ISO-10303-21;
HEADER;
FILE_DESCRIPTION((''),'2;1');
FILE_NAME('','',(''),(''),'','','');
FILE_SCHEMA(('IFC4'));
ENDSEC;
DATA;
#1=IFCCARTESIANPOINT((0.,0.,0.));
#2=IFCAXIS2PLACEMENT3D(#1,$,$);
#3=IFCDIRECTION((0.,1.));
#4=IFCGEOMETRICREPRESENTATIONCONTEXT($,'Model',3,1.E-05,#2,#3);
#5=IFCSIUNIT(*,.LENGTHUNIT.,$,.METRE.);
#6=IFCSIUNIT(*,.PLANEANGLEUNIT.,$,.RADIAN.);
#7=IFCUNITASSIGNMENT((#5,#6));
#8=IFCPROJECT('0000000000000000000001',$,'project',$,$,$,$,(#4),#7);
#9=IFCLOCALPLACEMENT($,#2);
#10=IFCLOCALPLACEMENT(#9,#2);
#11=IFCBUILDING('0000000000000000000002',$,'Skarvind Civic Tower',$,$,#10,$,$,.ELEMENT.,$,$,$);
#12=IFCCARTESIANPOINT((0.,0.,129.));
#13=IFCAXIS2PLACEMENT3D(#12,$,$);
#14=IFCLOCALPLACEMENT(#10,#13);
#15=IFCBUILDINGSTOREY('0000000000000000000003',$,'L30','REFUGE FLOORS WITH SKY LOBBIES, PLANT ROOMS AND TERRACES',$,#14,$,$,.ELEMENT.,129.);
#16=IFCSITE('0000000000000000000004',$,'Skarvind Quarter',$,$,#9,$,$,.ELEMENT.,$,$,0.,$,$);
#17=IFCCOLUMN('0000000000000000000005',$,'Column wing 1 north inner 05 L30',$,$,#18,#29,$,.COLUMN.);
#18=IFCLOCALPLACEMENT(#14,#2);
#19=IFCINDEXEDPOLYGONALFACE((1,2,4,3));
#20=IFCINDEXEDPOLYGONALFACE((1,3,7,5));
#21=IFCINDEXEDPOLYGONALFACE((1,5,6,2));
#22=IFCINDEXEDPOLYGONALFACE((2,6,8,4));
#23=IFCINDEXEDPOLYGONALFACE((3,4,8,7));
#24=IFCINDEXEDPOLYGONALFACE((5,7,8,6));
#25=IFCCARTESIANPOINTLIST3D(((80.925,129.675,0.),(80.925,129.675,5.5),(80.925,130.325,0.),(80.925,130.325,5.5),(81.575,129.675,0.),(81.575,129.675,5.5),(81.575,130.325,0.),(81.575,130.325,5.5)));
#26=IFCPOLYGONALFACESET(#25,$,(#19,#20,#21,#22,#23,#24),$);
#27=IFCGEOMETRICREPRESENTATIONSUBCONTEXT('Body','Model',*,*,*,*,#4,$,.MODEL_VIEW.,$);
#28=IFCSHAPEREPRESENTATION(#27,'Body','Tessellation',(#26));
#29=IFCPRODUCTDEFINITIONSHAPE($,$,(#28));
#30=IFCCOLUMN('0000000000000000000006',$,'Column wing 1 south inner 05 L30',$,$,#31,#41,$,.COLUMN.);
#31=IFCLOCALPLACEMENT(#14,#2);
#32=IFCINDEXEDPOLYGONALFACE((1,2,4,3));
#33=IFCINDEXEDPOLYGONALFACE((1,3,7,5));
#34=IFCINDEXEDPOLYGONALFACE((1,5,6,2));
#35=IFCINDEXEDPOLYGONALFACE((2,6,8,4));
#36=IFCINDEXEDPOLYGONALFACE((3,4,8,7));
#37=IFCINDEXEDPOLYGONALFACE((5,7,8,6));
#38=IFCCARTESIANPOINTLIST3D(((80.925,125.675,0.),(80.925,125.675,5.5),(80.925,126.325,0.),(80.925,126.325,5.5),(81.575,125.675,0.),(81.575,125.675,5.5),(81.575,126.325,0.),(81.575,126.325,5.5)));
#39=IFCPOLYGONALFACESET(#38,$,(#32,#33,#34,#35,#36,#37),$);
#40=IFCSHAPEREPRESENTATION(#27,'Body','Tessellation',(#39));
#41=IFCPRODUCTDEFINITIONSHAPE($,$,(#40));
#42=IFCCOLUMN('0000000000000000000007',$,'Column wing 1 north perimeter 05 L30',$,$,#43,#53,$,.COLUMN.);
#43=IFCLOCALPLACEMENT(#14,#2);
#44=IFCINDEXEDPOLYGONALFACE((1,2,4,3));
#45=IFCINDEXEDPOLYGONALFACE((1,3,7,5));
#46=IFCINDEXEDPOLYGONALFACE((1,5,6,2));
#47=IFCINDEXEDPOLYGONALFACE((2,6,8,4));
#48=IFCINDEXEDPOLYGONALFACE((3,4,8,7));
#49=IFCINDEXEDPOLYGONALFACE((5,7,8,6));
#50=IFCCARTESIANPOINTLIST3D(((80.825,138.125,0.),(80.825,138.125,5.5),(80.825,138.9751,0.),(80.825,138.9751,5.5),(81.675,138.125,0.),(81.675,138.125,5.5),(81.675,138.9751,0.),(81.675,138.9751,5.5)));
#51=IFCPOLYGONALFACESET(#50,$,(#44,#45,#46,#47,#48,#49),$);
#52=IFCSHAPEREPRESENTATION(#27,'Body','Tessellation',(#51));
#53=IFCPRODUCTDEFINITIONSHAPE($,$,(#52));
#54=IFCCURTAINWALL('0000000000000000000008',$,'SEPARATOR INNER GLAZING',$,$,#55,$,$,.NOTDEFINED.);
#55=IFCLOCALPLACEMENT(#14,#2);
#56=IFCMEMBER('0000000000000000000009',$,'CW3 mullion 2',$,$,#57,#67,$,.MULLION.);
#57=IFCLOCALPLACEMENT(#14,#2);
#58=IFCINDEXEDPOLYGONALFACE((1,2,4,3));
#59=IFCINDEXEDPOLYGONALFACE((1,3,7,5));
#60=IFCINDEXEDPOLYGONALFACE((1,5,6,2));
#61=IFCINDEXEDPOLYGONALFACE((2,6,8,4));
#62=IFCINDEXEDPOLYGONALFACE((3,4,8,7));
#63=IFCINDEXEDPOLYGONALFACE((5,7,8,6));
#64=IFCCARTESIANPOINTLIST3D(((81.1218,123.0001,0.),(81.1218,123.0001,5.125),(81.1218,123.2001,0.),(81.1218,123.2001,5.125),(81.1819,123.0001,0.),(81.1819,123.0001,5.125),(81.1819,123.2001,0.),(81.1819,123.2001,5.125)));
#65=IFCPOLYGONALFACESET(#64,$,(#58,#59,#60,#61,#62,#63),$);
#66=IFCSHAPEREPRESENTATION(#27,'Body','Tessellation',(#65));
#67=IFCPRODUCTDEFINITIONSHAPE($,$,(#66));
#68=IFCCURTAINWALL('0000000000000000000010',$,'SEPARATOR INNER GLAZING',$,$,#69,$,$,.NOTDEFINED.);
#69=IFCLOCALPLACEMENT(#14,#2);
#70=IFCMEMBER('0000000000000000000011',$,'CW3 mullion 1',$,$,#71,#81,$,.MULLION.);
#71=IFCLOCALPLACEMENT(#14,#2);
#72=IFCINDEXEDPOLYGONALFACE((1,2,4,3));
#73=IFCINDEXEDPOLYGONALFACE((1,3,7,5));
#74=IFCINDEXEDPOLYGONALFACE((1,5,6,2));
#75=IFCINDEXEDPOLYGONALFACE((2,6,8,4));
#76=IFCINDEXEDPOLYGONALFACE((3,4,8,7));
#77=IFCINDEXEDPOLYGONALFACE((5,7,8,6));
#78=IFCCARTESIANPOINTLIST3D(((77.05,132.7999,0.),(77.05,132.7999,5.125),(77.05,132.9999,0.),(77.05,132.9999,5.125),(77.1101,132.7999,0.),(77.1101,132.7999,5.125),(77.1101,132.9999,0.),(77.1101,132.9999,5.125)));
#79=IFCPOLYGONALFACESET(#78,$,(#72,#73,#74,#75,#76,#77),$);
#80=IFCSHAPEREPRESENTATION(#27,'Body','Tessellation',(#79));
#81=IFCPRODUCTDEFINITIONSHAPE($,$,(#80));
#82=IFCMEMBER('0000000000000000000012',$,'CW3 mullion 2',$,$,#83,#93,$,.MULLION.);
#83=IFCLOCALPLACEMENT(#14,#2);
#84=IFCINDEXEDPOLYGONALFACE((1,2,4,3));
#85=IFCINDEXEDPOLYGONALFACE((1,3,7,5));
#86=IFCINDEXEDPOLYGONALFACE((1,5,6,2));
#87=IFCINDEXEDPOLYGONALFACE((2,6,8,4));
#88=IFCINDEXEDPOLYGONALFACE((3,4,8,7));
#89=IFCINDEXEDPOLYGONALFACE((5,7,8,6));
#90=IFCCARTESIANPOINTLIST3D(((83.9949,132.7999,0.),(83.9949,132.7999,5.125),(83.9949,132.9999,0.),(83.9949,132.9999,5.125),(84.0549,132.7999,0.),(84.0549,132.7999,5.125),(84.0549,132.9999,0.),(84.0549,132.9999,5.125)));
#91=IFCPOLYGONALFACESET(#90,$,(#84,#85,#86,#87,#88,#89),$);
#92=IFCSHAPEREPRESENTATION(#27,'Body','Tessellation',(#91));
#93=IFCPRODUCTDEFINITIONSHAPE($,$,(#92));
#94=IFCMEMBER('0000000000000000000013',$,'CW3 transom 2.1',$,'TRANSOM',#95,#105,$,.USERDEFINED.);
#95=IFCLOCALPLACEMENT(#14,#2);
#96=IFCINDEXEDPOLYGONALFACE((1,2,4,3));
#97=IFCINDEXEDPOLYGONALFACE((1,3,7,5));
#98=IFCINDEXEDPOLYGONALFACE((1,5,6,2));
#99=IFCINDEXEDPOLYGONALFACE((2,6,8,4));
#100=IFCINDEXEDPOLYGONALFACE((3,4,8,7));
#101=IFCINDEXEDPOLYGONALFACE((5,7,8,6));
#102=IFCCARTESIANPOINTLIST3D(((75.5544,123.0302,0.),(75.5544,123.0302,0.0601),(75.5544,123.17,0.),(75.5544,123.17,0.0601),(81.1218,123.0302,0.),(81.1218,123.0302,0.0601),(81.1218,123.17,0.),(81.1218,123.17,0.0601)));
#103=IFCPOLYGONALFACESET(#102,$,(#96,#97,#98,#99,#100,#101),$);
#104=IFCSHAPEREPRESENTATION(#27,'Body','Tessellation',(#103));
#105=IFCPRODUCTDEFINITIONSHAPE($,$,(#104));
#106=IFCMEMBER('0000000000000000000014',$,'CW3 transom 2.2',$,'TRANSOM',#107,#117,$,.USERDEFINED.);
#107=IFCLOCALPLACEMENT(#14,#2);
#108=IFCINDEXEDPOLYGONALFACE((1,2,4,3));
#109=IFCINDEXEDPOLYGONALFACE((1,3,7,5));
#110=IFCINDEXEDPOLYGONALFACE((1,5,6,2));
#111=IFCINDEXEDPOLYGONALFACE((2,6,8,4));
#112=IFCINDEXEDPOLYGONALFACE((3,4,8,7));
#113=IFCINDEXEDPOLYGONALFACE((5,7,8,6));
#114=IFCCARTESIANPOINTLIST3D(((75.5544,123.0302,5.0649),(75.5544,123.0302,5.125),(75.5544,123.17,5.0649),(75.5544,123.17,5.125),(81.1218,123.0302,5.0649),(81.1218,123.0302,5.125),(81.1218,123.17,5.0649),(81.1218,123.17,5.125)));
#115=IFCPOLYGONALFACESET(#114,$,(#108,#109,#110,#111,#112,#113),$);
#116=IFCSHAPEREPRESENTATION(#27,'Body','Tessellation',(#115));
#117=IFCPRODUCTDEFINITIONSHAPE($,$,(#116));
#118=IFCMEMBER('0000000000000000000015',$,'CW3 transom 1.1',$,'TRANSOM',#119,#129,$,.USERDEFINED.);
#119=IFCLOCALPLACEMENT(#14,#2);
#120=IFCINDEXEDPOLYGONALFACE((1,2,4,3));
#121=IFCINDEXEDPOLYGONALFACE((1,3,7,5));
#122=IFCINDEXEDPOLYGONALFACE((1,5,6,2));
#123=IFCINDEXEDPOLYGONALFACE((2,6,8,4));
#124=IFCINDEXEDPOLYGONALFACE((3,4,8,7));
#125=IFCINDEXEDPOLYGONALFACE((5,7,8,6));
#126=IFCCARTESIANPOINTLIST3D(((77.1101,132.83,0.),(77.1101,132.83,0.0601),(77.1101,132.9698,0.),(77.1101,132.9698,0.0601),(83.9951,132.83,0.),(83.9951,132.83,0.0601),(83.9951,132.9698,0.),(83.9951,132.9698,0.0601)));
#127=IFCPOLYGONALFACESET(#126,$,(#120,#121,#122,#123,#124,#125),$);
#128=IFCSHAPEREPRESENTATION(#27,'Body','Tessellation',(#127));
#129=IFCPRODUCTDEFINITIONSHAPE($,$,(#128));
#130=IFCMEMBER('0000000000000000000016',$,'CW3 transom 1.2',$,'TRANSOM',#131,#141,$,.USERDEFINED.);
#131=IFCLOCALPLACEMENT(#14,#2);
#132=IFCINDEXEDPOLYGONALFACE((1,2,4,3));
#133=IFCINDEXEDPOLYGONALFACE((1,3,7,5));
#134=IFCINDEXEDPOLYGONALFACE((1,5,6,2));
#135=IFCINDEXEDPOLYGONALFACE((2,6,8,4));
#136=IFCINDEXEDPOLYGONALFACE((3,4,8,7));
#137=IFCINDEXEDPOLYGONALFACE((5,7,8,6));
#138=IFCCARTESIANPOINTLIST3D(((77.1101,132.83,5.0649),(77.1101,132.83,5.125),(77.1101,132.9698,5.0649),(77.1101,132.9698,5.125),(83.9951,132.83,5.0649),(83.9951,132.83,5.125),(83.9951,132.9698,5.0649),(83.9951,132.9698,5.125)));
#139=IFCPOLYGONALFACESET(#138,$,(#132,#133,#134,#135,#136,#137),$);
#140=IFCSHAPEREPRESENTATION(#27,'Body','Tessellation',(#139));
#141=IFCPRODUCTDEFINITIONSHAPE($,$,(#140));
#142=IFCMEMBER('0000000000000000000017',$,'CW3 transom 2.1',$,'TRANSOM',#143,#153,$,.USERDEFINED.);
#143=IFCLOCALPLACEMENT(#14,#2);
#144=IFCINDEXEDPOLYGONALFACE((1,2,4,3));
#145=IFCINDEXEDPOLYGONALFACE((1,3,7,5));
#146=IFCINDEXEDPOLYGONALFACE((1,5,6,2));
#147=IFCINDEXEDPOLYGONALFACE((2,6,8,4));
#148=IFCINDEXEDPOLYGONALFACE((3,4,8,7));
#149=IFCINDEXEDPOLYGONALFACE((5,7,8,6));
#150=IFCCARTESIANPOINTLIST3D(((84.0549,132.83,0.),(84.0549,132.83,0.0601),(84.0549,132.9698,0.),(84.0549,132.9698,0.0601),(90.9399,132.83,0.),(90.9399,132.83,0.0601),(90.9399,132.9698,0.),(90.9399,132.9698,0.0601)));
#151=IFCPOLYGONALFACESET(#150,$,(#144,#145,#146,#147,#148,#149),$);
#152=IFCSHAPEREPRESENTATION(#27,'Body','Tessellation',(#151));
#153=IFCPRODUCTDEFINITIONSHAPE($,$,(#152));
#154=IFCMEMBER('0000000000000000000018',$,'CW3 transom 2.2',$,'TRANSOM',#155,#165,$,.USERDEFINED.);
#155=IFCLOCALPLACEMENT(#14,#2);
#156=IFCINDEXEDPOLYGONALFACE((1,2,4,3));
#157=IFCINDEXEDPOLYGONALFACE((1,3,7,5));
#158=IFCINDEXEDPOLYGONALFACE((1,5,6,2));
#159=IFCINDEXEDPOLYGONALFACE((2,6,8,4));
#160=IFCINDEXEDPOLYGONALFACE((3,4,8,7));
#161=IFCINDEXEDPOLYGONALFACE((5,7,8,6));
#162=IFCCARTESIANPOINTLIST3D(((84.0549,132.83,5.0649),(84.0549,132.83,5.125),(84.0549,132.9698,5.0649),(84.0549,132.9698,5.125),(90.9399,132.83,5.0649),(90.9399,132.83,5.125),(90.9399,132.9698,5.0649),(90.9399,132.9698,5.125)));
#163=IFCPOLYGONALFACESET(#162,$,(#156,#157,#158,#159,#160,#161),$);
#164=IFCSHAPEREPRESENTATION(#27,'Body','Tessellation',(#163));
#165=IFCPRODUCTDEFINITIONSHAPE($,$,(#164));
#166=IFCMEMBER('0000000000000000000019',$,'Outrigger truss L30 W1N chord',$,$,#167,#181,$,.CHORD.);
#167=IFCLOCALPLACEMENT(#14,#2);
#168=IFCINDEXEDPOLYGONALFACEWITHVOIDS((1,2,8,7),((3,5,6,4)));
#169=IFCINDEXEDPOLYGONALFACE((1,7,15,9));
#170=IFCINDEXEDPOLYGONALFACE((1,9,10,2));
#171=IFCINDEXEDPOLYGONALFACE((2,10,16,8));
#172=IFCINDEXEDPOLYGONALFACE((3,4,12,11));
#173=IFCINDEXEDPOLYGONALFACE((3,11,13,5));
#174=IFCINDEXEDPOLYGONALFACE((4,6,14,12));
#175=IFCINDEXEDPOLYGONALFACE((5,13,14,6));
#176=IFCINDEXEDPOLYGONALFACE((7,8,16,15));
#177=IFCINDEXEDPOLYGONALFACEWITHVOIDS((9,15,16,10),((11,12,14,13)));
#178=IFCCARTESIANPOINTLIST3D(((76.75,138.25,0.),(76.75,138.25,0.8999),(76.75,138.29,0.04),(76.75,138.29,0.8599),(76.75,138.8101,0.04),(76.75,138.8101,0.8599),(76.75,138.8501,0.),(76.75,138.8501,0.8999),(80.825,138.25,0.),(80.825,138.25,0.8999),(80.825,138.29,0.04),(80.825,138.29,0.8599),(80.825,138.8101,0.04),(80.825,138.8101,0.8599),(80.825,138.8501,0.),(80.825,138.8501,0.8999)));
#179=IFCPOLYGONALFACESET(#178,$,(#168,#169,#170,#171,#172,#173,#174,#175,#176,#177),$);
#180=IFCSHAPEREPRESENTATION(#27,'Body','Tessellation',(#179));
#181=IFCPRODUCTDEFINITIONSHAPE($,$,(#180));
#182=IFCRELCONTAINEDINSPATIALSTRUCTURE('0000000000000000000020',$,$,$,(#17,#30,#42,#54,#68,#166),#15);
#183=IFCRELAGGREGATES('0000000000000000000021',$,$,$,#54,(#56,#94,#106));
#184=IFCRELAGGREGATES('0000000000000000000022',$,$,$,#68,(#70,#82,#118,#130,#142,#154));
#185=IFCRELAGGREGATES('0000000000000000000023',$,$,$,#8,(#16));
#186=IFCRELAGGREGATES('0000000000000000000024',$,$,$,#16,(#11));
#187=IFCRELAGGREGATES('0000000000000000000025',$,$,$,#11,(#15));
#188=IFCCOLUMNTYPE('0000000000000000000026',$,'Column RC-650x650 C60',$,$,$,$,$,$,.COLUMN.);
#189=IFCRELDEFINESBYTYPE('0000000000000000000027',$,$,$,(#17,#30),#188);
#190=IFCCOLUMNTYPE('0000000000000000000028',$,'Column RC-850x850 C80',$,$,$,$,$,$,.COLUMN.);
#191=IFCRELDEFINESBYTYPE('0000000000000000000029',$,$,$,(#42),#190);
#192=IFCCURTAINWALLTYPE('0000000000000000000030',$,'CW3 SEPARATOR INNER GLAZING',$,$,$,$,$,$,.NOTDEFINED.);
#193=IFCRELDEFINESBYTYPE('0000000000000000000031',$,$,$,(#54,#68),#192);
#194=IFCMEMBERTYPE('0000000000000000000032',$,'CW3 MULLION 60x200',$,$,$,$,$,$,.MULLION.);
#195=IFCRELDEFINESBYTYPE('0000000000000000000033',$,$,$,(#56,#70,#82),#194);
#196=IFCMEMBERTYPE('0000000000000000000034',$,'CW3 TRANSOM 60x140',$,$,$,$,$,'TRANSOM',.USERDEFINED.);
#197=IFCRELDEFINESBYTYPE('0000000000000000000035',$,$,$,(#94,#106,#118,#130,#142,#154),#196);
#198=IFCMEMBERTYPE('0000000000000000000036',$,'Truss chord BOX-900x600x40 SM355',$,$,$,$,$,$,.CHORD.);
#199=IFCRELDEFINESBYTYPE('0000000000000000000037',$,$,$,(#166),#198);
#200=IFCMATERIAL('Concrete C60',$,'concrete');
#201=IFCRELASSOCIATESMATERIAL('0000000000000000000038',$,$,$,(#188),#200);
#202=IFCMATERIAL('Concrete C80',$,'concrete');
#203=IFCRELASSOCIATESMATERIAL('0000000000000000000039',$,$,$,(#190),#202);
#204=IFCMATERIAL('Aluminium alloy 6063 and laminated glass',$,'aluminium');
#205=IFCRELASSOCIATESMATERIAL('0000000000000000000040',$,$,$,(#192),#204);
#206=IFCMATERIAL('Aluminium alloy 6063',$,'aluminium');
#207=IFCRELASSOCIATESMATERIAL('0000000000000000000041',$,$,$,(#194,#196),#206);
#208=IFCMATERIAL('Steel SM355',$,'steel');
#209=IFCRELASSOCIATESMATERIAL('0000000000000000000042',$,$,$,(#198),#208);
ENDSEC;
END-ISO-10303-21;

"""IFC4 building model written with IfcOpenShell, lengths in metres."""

from ifc_helpers import new_model, si_unit, direction, frame, origin, origin_2d, place, context, subcontext, project, spatial, rectangle, hollow_rectangle, extrude, material, material_profile, profile_set, type_object, element, aggregate, save


model = new_model("IFC4")

# Units and contexts
model_context = context("Model", 3, precision=1e-05, world=origin(), true_north=direction((0.0, 1.0)))
body_context = subcontext(model_context, "Body", "Model", "MODEL_VIEW")
ifc_project = project(units=[si_unit("LENGTHUNIT", "METRE"), si_unit("PLANEANGLEUNIT", "RADIAN")], contexts=[model_context])

# Site, building, storey
site_placement = place(None, origin())
site = spatial("IfcSite", under=ifc_project, at=site_placement, Name="Skarvind Quarter", CompositionType="ELEMENT", RefElevation=0.0)
building_placement = place(site_placement, origin())
building = spatial("IfcBuilding", under=site, at=building_placement, Name="Skarvind Civic Tower", CompositionType="ELEMENT")
storey_placement = place(building_placement, frame((0.0, 0.0, 129.0)))
storey = spatial("IfcBuildingStorey", under=building, at=storey_placement, Name="L30", Description="REFUGE FLOORS WITH SKY LOBBIES, PLANT ROOMS AND TERRACES", CompositionType="ELEMENT", Elevation=129.0)

# Columns
ifc_material_1 = material(Name="Concrete C60", Category="concrete")
ifc_material_profile_1 = material_profile(ifc_material_1, rectangle(XDim=0.6499, YDim=0.6499, at=origin_2d()), Name="RC-650x650")
ifc_profile_set_1 = profile_set([ifc_material_profile_1], Name="Concrete C60")
column_type_1 = type_object("IfcColumnType", Name="Column RC-650x650 C60", PredefinedType="COLUMN", material=ifc_profile_set_1)
for number, where, z_axis, x_axis, name in (
    (1, (81.25, 130.0, 0.0), (0.0, 0.0, 1.0), (1.0, 0.0, 0.0), "Column wing 1 north inner 05 L30"),
    (2, (81.25, 126.0, 0.0), (0.0, 0.0, 1.0), (1.0, 0.0, 0.0), "Column wing 1 south inner 05 L30"),
):
    element("IfcColumn", number, at=place(storey_placement, frame(where, z_axis=z_axis, x_axis=x_axis)), inside=storey, type_object=column_type_1, Name=name, PredefinedType="COLUMN", context=body_context, shape_type="SweptSolid", body=[
        extrude(rectangle(XDim=0.6499, YDim=0.6499, at=origin_2d()), origin(), (0.0, 0.0, 1.0), 5.5),
    ])
ifc_material_2 = material(Name="Concrete C80", Category="concrete")
ifc_material_profile_2 = material_profile(ifc_material_2, rectangle(XDim=0.8501, YDim=0.8501, at=origin_2d()), Name="RC-850x850")
ifc_profile_set_2 = profile_set([ifc_material_profile_2], Name="Concrete C80")
column_type_2 = type_object("IfcColumnType", Name="Column RC-850x850 C80", PredefinedType="COLUMN", material=ifc_profile_set_2)
column_placement = place(storey_placement, frame((81.25, 138.55, 0.0), z_axis=(0.0, 0.0, 1.0), x_axis=(1.0, 0.0, 0.0)))
element("IfcColumn", 3, at=column_placement, inside=storey, type_object=column_type_2, Name="Column wing 1 north perimeter 05 L30", PredefinedType="COLUMN", context=body_context, shape_type="SweptSolid", body=[
    extrude(rectangle(XDim=0.8501, YDim=0.8501, at=origin_2d()), origin(), (0.0, 0.0, 1.0), 5.5),
])

# Curtain wall, member
ifc_material_3 = material(Name="Aluminium alloy 6063 and laminated glass", Category="aluminium")
curtain_wall_type = type_object("IfcCurtainWallType", Name="CW3 SEPARATOR INNER GLAZING", PredefinedType="NOTDEFINED", material=ifc_material_3)
curtain_wall_1_placement = place(storey_placement, origin())
curtain_wall_1 = element("IfcCurtainWall", 4, at=curtain_wall_1_placement, inside=storey, type_object=curtain_wall_type, Name="SEPARATOR INNER GLAZING", PredefinedType="NOTDEFINED")
ifc_material_4 = material(Name="Aluminium alloy 6063", Category="aluminium")
ifc_material_profile_3 = material_profile(ifc_material_4, rectangle(XDim=0.2, YDim=0.0601, at=origin_2d()), Name="AL 60x200")
ifc_profile_set_3 = profile_set([ifc_material_profile_3], Name="Aluminium alloy 6063")
member_type_1 = type_object("IfcMemberType", Name="CW3 MULLION 60x200", PredefinedType="MULLION", material=ifc_profile_set_3)
member_1_placement = place(storey_placement, frame((81.1519, 123.1001, 0.0), z_axis=(0.0, 0.0, 1.0), x_axis=(0.0, -1.0, 0.0)))
member_1 = element("IfcMember", 5, at=member_1_placement, type_object=member_type_1, Name="CW3 mullion 2", PredefinedType="MULLION", context=body_context, shape_type="SweptSolid", body=[
    extrude(rectangle(XDim=0.2, YDim=0.0601, at=origin_2d()), origin(), (0.0, 0.0, 1.0), 5.125),
])

# Curtain wall, members
curtain_wall_2_placement = place(storey_placement, origin())
curtain_wall_2 = element("IfcCurtainWall", 6, at=curtain_wall_2_placement, inside=storey, type_object=curtain_wall_type, Name="SEPARATOR INNER GLAZING", PredefinedType="NOTDEFINED")
member_2_placement = place(storey_placement, frame((77.0801, 132.8999, 0.0), z_axis=(0.0, 0.0, 1.0), x_axis=(0.0, 1.0, 0.0)))
member_2 = element("IfcMember", 7, at=member_2_placement, type_object=member_type_1, Name="CW3 mullion 1", PredefinedType="MULLION", context=body_context, shape_type="SweptSolid", body=[
    extrude(rectangle(XDim=0.2, YDim=0.0601, at=origin_2d()), origin(), (0.0, 0.0, 1.0), 5.125),
])
member_3_placement = place(storey_placement, frame((84.0249, 132.8999, 0.0), z_axis=(0.0, 0.0, 1.0), x_axis=(0.0, 1.0, 0.0)))
member_3 = element("IfcMember", 8, at=member_3_placement, type_object=member_type_1, Name="CW3 mullion 2", PredefinedType="MULLION", context=body_context, shape_type="SweptSolid", body=[
    extrude(rectangle(XDim=0.2, YDim=0.0601, at=origin_2d()), origin(), (0.0, 0.0, 1.0), 5.125),
])

# Members
ifc_material_profile_4 = material_profile(ifc_material_4, rectangle(XDim=0.1399, YDim=0.0601, at=origin_2d()), Name="AL 60x140")
ifc_profile_set_4 = profile_set([ifc_material_profile_4], Name="Aluminium alloy 6063")
member_type_2 = type_object("IfcMemberType", Name="CW3 TRANSOM 60x140", ElementType="TRANSOM", PredefinedType="USERDEFINED", material=ifc_profile_set_4)
member_4_placement = place(storey_placement, frame((81.1218, 123.1001, 0.03), z_axis=(-1.0, 0.0, 0.0), x_axis=(0.0, -1.0, 0.0)))
member_4 = element("IfcMember", 9, at=member_4_placement, type_object=member_type_2, Name="CW3 transom 2.1", ObjectType="TRANSOM", PredefinedType="USERDEFINED", context=body_context, shape_type="SweptSolid", body=[
    extrude(rectangle(XDim=0.1399, YDim=0.0601, at=origin_2d()), origin(), (0.0, 0.0, 1.0), 5.5674),
])
member_5_placement = place(storey_placement, frame((81.1218, 123.1001, 5.095), z_axis=(-1.0, 0.0, 0.0), x_axis=(0.0, -1.0, 0.0)))
member_5 = element("IfcMember", 10, at=member_5_placement, type_object=member_type_2, Name="CW3 transom 2.2", ObjectType="TRANSOM", PredefinedType="USERDEFINED", context=body_context, shape_type="SweptSolid", body=[
    extrude(rectangle(XDim=0.1399, YDim=0.0601, at=origin_2d()), origin(), (0.0, 0.0, 1.0), 5.5674),
])
member_6_placement = place(storey_placement, frame((77.1101, 132.8999, 0.03), z_axis=(1.0, 0.0, 0.0), x_axis=(0.0, 1.0, 0.0)))
member_6 = element("IfcMember", 11, at=member_6_placement, type_object=member_type_2, Name="CW3 transom 1.1", ObjectType="TRANSOM", PredefinedType="USERDEFINED", context=body_context, shape_type="SweptSolid", body=[
    extrude(rectangle(XDim=0.1399, YDim=0.0601, at=origin_2d()), origin(), (0.0, 0.0, 1.0), 6.885),
])
member_7_placement = place(storey_placement, frame((77.1101, 132.8999, 5.095), z_axis=(1.0, 0.0, 0.0), x_axis=(0.0, 1.0, 0.0)))
member_7 = element("IfcMember", 12, at=member_7_placement, type_object=member_type_2, Name="CW3 transom 1.2", ObjectType="TRANSOM", PredefinedType="USERDEFINED", context=body_context, shape_type="SweptSolid", body=[
    extrude(rectangle(XDim=0.1399, YDim=0.0601, at=origin_2d()), origin(), (0.0, 0.0, 1.0), 6.885),
])
member_8_placement = place(storey_placement, frame((84.0549, 132.8999, 0.03), z_axis=(1.0, 0.0, 0.0), x_axis=(0.0, 1.0, 0.0)))
member_8 = element("IfcMember", 13, at=member_8_placement, type_object=member_type_2, Name="CW3 transom 2.1", ObjectType="TRANSOM", PredefinedType="USERDEFINED", context=body_context, shape_type="SweptSolid", body=[
    extrude(rectangle(XDim=0.1399, YDim=0.0601, at=origin_2d()), origin(), (0.0, 0.0, 1.0), 6.885),
])
member_9_placement = place(storey_placement, frame((84.0549, 132.8999, 5.095), z_axis=(1.0, 0.0, 0.0), x_axis=(0.0, 1.0, 0.0)))
member_9 = element("IfcMember", 14, at=member_9_placement, type_object=member_type_2, Name="CW3 transom 2.2", ObjectType="TRANSOM", PredefinedType="USERDEFINED", context=body_context, shape_type="SweptSolid", body=[
    extrude(rectangle(XDim=0.1399, YDim=0.0601, at=origin_2d()), origin(), (0.0, 0.0, 1.0), 6.885),
])

# Member
ifc_material_5 = material(Name="Steel SM355", Category="steel")
ifc_material_profile_5 = material_profile(ifc_material_5, hollow_rectangle(XDim=0.6001, YDim=0.8999, WallThickness=0.04, at=origin_2d()), Name="BOX-900x600x40")
ifc_profile_set_5 = profile_set([ifc_material_profile_5], Name="Steel SM355")
member_type_3 = type_object("IfcMemberType", Name="Truss chord BOX-900x600x40 SM355", PredefinedType="CHORD", material=ifc_profile_set_5)
for number, where, z_axis, x_axis, name in (
    (15, (76.75, 138.55, 0.45), (1.0, 0.0, 0.0), (0.0, 1.0, 0.0), "Outrigger truss L30 W1N chord"),
):
    element("IfcMember", number, at=place(storey_placement, frame(where, z_axis=z_axis, x_axis=x_axis)), inside=storey, type_object=member_type_3, Name=name, PredefinedType="CHORD", context=body_context, shape_type="SweptSolid", body=[
        extrude(hollow_rectangle(XDim=0.6001, YDim=0.8999, WallThickness=0.04, at=origin_2d()), origin(), (0.0, 0.0, 1.0), 4.075),
    ])

aggregate(curtain_wall_1, [member_1, member_4, member_5])
aggregate(curtain_wall_2, [member_2, member_3, member_6, member_7, member_8, member_9])

save(model, "model.ifc")
